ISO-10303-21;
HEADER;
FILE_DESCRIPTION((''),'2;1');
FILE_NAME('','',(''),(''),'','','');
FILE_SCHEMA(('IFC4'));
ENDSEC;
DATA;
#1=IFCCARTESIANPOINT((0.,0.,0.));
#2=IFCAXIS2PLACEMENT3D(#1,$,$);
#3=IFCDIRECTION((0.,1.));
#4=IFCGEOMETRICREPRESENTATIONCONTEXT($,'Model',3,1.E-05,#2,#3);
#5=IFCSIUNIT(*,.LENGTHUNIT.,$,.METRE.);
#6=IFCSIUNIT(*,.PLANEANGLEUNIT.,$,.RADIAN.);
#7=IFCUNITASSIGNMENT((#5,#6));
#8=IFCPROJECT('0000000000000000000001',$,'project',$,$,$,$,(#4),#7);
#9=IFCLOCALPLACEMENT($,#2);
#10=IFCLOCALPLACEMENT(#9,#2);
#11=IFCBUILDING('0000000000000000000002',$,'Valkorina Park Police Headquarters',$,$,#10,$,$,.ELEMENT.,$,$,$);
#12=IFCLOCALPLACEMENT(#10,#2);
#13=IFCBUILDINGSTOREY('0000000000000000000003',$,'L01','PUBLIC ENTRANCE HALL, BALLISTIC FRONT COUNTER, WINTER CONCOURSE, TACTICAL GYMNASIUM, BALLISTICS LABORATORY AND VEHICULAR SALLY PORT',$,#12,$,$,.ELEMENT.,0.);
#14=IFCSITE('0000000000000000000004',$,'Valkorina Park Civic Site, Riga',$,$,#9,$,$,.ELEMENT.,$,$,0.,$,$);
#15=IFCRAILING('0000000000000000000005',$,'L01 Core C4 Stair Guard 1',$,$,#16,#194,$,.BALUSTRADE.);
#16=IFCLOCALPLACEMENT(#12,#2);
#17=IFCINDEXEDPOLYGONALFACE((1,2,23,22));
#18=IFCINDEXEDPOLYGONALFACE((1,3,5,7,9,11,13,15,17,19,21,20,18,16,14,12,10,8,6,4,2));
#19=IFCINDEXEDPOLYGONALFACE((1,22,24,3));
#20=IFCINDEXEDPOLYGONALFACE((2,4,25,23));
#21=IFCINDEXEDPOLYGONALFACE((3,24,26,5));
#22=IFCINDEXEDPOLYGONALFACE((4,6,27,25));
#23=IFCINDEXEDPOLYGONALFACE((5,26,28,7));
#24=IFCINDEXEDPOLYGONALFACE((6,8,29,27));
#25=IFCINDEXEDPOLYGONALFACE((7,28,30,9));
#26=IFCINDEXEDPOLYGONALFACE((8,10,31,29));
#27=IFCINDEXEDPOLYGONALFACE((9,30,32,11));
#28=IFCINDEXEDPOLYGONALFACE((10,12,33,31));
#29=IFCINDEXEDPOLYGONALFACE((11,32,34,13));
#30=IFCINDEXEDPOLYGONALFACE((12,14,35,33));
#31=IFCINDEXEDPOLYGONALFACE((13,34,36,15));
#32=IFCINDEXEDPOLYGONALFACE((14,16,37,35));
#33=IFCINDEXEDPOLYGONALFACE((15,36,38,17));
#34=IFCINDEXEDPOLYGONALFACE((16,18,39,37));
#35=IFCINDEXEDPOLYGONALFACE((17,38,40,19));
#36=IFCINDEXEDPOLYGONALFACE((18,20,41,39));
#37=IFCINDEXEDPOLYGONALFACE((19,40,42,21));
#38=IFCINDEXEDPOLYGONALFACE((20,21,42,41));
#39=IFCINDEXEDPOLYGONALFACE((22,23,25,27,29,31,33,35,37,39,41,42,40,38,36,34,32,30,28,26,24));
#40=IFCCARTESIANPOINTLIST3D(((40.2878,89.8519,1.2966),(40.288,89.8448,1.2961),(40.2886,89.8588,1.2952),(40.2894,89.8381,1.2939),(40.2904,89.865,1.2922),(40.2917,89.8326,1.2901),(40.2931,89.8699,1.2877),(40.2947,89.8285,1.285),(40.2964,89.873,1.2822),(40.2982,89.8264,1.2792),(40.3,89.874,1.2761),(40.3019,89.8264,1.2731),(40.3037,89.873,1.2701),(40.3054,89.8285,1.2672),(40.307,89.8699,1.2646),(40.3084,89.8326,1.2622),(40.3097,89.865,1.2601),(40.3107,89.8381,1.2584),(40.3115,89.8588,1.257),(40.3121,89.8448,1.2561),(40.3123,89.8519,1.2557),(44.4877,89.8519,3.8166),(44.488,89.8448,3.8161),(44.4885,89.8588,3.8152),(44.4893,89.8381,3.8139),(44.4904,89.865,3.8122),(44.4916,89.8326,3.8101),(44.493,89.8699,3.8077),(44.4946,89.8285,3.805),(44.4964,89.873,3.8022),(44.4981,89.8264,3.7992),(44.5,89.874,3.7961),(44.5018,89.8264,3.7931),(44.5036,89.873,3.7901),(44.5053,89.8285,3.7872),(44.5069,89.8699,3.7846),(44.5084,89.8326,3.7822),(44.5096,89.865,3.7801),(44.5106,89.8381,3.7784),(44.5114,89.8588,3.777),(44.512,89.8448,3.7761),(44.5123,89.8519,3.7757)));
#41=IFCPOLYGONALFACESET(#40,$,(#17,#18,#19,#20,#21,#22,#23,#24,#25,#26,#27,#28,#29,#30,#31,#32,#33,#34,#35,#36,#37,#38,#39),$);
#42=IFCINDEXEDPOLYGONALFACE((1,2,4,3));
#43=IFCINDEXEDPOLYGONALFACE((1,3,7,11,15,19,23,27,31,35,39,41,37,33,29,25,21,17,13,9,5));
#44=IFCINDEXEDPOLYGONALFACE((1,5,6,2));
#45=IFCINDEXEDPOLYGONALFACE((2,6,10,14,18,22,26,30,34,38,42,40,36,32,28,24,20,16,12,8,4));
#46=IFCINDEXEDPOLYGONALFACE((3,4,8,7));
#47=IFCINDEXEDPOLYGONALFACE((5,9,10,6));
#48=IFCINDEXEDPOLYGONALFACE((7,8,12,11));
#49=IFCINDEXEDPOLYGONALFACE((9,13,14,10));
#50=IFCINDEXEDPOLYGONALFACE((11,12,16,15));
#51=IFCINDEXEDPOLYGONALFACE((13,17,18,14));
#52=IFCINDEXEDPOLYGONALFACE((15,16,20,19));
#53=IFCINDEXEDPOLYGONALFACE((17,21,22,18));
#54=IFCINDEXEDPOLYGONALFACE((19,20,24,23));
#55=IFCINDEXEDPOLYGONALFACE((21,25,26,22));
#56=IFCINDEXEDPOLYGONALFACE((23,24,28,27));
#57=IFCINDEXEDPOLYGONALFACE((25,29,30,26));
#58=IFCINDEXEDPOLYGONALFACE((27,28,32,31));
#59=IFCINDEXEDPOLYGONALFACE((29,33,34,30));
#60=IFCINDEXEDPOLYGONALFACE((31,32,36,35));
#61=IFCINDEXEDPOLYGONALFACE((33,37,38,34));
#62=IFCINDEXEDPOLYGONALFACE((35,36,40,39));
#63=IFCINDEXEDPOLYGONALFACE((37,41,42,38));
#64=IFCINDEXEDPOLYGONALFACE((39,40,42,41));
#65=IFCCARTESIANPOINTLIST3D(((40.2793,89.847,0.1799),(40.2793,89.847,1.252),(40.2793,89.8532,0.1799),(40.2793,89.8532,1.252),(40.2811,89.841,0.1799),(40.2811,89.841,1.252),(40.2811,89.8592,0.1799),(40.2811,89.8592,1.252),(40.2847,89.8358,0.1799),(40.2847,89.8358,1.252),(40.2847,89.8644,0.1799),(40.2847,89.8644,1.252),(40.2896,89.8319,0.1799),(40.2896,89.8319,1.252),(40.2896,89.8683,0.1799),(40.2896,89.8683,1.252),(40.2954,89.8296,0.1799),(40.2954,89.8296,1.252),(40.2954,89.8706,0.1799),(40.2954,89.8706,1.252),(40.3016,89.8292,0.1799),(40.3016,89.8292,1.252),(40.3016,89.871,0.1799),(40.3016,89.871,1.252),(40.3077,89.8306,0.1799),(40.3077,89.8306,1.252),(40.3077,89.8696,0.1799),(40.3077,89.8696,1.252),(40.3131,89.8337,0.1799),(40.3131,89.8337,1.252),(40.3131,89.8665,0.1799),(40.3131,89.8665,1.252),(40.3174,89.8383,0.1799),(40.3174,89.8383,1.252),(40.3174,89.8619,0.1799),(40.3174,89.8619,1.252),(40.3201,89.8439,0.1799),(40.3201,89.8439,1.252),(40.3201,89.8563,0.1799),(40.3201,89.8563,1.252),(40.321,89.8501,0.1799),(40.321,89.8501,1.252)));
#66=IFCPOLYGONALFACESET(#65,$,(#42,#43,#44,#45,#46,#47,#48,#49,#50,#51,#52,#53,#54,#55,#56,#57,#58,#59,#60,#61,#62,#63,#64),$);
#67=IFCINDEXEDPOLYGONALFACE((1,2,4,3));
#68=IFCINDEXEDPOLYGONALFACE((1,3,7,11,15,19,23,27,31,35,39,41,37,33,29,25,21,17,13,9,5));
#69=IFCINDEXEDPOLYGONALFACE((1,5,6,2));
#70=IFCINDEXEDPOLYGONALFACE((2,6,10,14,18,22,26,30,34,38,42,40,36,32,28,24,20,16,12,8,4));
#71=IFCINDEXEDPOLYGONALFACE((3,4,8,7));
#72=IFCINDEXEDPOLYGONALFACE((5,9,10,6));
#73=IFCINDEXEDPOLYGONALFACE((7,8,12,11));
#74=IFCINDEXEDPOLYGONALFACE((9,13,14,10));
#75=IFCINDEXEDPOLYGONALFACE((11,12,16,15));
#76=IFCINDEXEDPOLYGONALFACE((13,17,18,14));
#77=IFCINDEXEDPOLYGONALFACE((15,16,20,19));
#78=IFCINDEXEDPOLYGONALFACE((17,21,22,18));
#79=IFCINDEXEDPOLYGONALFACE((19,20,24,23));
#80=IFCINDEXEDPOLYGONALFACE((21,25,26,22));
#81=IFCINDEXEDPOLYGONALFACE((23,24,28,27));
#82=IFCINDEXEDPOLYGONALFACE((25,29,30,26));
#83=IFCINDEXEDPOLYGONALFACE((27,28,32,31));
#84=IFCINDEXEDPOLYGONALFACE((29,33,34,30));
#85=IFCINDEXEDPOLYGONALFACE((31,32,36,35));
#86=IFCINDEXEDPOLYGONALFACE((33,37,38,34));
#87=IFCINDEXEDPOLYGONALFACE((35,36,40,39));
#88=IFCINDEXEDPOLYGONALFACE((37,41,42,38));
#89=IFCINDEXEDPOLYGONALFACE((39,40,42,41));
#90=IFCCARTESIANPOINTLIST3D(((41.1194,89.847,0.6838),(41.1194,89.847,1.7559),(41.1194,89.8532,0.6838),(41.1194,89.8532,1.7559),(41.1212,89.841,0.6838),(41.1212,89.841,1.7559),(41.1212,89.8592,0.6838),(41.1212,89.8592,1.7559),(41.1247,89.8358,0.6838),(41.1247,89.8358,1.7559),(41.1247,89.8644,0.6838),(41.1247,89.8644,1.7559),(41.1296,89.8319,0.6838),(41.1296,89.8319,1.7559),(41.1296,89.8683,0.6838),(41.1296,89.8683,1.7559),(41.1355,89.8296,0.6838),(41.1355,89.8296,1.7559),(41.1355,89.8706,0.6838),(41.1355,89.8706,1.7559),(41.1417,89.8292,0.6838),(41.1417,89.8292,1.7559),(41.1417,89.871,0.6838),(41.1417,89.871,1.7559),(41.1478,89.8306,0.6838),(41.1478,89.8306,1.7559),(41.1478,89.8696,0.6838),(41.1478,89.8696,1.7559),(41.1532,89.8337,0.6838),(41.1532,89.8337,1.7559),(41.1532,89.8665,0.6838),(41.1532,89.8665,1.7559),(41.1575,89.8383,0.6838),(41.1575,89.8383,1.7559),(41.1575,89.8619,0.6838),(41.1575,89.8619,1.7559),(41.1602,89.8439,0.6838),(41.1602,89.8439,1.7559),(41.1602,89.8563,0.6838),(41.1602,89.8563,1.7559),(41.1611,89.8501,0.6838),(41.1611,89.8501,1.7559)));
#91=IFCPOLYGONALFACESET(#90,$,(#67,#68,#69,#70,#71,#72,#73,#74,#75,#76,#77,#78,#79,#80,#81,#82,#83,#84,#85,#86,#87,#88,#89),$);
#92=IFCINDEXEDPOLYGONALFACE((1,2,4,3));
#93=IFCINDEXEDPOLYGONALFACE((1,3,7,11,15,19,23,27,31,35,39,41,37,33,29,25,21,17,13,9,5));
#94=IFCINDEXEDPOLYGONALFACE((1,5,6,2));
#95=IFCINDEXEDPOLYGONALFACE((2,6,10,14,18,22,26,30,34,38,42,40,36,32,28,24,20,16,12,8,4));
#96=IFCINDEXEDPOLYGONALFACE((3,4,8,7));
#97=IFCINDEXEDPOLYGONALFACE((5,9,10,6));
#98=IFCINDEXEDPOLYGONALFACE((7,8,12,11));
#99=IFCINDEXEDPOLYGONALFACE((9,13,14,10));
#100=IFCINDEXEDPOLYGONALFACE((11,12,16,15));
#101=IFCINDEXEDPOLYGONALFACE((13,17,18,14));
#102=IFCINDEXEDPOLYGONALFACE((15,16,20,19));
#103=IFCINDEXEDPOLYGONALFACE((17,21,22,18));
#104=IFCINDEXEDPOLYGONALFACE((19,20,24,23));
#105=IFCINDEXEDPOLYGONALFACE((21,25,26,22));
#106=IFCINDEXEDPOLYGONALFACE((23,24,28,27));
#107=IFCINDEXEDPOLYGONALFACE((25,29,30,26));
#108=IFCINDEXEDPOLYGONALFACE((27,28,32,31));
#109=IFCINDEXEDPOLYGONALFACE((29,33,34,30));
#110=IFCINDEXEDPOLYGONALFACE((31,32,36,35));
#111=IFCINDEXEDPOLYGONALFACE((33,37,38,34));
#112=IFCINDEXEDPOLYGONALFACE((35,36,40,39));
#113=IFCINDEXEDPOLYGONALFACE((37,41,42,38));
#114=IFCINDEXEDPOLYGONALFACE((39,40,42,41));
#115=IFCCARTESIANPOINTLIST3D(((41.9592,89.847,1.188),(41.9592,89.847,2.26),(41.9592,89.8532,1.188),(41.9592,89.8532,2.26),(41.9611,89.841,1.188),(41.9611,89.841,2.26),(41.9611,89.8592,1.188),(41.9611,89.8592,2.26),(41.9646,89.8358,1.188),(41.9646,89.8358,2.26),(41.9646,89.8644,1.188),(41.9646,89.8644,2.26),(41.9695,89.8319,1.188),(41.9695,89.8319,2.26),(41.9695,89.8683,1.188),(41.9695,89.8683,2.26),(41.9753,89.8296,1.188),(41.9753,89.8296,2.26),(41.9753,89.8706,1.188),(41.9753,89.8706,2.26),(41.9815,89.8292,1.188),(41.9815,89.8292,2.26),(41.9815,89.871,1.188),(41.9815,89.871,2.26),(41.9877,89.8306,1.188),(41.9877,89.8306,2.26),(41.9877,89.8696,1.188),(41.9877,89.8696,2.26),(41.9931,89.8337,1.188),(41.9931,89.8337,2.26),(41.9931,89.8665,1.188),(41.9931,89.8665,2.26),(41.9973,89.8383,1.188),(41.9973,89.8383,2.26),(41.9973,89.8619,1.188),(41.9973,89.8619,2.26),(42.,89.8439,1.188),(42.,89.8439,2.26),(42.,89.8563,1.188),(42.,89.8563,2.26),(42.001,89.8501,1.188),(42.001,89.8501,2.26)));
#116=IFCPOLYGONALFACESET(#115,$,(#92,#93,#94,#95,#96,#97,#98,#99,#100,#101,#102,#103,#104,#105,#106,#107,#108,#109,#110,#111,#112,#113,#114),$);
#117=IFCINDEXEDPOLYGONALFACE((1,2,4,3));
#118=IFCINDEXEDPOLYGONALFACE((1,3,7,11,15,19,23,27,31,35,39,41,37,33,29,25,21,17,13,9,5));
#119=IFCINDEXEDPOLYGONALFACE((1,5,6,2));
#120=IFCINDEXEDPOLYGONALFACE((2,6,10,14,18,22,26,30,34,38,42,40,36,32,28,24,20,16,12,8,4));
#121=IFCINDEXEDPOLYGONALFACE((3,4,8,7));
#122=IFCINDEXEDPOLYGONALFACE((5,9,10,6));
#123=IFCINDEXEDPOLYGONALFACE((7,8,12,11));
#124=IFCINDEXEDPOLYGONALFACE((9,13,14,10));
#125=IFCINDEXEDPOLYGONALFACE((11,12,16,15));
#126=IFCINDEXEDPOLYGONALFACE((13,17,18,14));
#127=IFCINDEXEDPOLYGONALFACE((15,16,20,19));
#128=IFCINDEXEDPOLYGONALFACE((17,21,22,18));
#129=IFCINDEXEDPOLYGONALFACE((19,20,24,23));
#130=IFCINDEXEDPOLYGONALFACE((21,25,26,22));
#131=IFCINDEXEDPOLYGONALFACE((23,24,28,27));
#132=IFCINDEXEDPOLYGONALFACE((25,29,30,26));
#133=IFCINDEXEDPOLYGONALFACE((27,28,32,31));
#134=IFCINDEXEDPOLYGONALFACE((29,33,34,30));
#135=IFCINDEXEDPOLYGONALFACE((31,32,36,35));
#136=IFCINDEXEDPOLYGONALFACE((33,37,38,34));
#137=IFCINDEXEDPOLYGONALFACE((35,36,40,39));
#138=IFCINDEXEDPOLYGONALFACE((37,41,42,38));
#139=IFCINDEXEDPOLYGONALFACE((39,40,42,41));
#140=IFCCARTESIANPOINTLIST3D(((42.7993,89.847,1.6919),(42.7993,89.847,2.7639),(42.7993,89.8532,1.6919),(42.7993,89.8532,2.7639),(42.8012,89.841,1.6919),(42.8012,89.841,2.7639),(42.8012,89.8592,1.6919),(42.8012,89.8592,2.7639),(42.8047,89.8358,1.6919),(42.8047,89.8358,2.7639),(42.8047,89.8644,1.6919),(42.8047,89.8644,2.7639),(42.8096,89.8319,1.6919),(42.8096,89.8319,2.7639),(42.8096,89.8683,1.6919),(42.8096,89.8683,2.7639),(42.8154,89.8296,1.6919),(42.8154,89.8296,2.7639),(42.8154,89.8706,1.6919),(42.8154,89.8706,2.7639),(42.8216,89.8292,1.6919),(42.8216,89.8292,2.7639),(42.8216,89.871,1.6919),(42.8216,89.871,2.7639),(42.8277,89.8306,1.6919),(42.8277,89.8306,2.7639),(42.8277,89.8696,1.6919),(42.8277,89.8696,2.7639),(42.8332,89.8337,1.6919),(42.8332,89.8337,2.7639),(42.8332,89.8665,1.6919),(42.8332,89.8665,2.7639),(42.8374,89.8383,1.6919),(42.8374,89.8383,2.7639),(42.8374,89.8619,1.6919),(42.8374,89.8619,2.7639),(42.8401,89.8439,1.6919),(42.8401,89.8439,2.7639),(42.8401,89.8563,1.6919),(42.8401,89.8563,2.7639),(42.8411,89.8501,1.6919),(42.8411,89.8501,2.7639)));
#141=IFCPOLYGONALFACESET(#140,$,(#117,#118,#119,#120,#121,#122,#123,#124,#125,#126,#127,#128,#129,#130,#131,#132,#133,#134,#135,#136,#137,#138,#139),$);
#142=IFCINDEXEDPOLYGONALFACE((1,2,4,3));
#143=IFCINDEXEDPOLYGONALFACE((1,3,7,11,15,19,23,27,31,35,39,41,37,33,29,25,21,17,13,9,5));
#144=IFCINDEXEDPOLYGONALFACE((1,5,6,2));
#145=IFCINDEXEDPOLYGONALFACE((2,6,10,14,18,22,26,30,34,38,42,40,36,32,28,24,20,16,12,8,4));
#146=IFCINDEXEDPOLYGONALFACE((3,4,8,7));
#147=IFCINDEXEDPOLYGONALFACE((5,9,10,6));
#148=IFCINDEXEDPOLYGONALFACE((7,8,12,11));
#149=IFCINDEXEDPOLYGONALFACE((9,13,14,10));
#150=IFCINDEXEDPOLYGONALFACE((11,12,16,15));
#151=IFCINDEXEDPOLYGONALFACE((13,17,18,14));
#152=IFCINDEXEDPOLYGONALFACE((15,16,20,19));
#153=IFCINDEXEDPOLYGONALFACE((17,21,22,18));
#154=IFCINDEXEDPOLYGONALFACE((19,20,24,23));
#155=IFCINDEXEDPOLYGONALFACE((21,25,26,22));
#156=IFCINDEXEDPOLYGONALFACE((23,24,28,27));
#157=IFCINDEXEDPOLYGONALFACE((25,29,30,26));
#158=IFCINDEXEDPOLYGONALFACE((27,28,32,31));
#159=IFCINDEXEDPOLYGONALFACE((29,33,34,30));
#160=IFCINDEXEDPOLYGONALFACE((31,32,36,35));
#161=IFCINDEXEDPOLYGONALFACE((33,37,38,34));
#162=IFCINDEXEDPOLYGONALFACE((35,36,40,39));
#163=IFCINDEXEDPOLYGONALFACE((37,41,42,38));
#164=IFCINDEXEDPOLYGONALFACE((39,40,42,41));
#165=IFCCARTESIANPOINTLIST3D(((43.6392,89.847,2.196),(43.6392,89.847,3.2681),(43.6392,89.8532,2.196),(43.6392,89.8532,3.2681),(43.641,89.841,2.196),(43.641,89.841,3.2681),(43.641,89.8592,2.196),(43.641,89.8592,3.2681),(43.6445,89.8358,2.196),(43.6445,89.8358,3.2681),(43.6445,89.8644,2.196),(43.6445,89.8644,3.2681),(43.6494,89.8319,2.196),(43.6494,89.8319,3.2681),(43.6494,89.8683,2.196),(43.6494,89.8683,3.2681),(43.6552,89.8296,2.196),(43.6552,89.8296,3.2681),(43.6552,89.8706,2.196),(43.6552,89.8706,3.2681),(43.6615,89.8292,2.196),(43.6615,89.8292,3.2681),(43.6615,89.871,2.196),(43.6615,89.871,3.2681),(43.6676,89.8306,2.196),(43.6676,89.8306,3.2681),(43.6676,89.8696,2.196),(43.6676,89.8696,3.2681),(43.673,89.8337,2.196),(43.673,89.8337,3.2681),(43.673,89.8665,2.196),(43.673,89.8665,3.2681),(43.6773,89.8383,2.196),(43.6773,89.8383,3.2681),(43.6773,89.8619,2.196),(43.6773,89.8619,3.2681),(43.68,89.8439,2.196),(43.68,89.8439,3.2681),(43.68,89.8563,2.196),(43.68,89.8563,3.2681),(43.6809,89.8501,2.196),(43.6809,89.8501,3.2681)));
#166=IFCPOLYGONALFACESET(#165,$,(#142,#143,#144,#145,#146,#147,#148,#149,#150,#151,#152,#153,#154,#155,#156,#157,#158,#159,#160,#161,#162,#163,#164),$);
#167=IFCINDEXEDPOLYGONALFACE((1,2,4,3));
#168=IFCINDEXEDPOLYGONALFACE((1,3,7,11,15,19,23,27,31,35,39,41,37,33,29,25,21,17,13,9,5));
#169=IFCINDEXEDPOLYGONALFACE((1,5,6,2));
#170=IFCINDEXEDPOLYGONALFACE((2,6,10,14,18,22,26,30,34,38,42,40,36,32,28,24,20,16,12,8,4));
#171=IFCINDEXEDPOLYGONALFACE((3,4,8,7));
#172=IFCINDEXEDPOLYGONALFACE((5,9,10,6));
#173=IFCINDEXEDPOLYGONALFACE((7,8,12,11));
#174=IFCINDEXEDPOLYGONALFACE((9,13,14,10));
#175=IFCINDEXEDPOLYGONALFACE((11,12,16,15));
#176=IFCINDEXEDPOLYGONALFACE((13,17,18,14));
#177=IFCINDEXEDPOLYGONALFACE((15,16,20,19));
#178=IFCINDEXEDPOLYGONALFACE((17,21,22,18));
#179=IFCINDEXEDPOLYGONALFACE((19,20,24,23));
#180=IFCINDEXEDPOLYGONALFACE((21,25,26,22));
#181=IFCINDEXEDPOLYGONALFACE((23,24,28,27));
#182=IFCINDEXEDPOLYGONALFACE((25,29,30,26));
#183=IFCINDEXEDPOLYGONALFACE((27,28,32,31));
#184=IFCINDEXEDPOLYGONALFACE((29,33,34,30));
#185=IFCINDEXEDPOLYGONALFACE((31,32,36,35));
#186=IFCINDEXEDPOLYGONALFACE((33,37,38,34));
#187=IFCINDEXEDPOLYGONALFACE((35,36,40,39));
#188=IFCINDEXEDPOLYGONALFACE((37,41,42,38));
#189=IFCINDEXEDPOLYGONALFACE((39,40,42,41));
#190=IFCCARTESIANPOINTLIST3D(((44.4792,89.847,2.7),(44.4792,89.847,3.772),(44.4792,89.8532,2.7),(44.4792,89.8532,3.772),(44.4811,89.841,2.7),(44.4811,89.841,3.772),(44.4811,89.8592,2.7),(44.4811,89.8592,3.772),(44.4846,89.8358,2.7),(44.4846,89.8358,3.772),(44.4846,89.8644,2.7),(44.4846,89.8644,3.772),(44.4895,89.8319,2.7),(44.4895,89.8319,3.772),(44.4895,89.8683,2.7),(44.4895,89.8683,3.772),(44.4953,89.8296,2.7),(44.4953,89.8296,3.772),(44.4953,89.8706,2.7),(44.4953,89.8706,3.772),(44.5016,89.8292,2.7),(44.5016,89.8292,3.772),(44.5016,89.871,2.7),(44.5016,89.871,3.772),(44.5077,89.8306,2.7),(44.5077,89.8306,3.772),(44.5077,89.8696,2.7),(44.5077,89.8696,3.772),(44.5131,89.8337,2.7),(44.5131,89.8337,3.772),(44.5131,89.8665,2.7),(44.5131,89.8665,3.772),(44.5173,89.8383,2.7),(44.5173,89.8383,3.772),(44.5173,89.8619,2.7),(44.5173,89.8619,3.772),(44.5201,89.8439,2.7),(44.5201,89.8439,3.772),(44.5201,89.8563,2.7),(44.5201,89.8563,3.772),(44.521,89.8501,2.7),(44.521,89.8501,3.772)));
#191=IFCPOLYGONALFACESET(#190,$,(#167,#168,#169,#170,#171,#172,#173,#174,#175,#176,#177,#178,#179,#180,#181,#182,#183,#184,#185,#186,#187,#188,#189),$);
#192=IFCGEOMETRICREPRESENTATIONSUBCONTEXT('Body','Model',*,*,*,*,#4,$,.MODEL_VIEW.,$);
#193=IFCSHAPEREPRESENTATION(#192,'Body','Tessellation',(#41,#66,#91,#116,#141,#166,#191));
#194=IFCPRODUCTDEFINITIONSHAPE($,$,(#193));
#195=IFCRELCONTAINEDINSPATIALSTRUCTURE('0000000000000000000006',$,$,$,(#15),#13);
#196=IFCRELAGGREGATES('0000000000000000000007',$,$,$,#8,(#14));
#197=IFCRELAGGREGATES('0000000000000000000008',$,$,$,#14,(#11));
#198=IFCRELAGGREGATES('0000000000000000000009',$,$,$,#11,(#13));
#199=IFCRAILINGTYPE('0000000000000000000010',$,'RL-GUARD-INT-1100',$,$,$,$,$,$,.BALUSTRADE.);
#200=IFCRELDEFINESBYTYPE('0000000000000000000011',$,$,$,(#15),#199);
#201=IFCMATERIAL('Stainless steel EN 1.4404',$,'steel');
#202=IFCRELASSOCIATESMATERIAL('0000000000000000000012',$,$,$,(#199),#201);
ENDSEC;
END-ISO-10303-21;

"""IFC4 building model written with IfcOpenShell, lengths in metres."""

from ifc_helpers import new_model, si_unit, direction, frame, origin, origin_2d, place, context, subcontext, project, spatial, circle, extrude, material, type_object, element, save


model = new_model("IFC4")

# Units and contexts
model_context = context("Model", 3, precision=1e-05, world=origin(), true_north=direction((0.0, 1.0)))
body_context = subcontext(model_context, "Body", "Model", "MODEL_VIEW")
ifc_project = project(units=[si_unit("LENGTHUNIT", "METRE"), si_unit("PLANEANGLEUNIT", "RADIAN")], contexts=[model_context])

# Site, building, storey
site_placement = place(None, origin())
site = spatial("IfcSite", under=ifc_project, at=site_placement, Name="Valkorina Park Civic Site, Riga", CompositionType="ELEMENT", RefElevation=0.0)
building_placement = place(site_placement, origin())
building = spatial("IfcBuilding", under=site, at=building_placement, Name="Valkorina Park Police Headquarters", CompositionType="ELEMENT")
storey_placement = place(building_placement, origin())
storey = spatial("IfcBuildingStorey", under=building, at=storey_placement, Name="L01", Description="PUBLIC ENTRANCE HALL, BALLISTIC FRONT COUNTER, WINTER CONCOURSE, TACTICAL GYMNASIUM, BALLISTICS LABORATORY AND VEHICULAR SALLY PORT", CompositionType="ELEMENT", Elevation=0.0)

# Shared definitions
ifc_material_1 = material(Name="Stainless steel EN 1.4404", Category="steel")

# Railing
railing_type_1 = type_object("IfcRailingType", Name="RL-GUARD-INT-1100", PredefinedType="BALUSTRADE", material=ifc_material_1)
railing_1_placement = place(storey_placement, frame((40.3, 89.8501, 0.1799)))
element("IfcRailing", 1, at=railing_1_placement, inside=storey, type_object=railing_type_1, Name="L01 Core C4 Stair Guard 1", PredefinedType="BALUSTRADE", context=body_context, shape_type="SweptSolid", body=[
    extrude(circle(Radius=0.0239, at=origin_2d()), frame((0.0, 0.0, 1.0962), z_axis=(0.857489, 0.0, 0.514503), x_axis=(0.0, 1.0, 0.0)), (0.0, 0.0, 1.0), 4.8979),
    extrude(circle(Radius=0.021, at=origin_2d()), origin(), (0.0, 0.0, 1.0), 1.072),
    extrude(circle(Radius=0.021, at=origin_2d()), frame((0.8401, 0.0, 0.5039)), (0.0, 0.0, 1.0), 1.072),
    extrude(circle(Radius=0.021, at=origin_2d()), frame((1.6799, 0.0, 1.0081)), (0.0, 0.0, 1.0), 1.072),
    extrude(circle(Radius=0.021, at=origin_2d()), frame((2.52, 0.0, 1.512)), (0.0, 0.0, 1.0), 1.072),
    extrude(circle(Radius=0.021, at=origin_2d()), frame((3.3599, 0.0, 2.0161)), (0.0, 0.0, 1.0), 1.072),
    extrude(circle(Radius=0.021, at=origin_2d()), frame((4.2, 0.0, 2.52)), (0.0, 0.0, 1.0), 1.072),
])

save(model, "model.ifc")
